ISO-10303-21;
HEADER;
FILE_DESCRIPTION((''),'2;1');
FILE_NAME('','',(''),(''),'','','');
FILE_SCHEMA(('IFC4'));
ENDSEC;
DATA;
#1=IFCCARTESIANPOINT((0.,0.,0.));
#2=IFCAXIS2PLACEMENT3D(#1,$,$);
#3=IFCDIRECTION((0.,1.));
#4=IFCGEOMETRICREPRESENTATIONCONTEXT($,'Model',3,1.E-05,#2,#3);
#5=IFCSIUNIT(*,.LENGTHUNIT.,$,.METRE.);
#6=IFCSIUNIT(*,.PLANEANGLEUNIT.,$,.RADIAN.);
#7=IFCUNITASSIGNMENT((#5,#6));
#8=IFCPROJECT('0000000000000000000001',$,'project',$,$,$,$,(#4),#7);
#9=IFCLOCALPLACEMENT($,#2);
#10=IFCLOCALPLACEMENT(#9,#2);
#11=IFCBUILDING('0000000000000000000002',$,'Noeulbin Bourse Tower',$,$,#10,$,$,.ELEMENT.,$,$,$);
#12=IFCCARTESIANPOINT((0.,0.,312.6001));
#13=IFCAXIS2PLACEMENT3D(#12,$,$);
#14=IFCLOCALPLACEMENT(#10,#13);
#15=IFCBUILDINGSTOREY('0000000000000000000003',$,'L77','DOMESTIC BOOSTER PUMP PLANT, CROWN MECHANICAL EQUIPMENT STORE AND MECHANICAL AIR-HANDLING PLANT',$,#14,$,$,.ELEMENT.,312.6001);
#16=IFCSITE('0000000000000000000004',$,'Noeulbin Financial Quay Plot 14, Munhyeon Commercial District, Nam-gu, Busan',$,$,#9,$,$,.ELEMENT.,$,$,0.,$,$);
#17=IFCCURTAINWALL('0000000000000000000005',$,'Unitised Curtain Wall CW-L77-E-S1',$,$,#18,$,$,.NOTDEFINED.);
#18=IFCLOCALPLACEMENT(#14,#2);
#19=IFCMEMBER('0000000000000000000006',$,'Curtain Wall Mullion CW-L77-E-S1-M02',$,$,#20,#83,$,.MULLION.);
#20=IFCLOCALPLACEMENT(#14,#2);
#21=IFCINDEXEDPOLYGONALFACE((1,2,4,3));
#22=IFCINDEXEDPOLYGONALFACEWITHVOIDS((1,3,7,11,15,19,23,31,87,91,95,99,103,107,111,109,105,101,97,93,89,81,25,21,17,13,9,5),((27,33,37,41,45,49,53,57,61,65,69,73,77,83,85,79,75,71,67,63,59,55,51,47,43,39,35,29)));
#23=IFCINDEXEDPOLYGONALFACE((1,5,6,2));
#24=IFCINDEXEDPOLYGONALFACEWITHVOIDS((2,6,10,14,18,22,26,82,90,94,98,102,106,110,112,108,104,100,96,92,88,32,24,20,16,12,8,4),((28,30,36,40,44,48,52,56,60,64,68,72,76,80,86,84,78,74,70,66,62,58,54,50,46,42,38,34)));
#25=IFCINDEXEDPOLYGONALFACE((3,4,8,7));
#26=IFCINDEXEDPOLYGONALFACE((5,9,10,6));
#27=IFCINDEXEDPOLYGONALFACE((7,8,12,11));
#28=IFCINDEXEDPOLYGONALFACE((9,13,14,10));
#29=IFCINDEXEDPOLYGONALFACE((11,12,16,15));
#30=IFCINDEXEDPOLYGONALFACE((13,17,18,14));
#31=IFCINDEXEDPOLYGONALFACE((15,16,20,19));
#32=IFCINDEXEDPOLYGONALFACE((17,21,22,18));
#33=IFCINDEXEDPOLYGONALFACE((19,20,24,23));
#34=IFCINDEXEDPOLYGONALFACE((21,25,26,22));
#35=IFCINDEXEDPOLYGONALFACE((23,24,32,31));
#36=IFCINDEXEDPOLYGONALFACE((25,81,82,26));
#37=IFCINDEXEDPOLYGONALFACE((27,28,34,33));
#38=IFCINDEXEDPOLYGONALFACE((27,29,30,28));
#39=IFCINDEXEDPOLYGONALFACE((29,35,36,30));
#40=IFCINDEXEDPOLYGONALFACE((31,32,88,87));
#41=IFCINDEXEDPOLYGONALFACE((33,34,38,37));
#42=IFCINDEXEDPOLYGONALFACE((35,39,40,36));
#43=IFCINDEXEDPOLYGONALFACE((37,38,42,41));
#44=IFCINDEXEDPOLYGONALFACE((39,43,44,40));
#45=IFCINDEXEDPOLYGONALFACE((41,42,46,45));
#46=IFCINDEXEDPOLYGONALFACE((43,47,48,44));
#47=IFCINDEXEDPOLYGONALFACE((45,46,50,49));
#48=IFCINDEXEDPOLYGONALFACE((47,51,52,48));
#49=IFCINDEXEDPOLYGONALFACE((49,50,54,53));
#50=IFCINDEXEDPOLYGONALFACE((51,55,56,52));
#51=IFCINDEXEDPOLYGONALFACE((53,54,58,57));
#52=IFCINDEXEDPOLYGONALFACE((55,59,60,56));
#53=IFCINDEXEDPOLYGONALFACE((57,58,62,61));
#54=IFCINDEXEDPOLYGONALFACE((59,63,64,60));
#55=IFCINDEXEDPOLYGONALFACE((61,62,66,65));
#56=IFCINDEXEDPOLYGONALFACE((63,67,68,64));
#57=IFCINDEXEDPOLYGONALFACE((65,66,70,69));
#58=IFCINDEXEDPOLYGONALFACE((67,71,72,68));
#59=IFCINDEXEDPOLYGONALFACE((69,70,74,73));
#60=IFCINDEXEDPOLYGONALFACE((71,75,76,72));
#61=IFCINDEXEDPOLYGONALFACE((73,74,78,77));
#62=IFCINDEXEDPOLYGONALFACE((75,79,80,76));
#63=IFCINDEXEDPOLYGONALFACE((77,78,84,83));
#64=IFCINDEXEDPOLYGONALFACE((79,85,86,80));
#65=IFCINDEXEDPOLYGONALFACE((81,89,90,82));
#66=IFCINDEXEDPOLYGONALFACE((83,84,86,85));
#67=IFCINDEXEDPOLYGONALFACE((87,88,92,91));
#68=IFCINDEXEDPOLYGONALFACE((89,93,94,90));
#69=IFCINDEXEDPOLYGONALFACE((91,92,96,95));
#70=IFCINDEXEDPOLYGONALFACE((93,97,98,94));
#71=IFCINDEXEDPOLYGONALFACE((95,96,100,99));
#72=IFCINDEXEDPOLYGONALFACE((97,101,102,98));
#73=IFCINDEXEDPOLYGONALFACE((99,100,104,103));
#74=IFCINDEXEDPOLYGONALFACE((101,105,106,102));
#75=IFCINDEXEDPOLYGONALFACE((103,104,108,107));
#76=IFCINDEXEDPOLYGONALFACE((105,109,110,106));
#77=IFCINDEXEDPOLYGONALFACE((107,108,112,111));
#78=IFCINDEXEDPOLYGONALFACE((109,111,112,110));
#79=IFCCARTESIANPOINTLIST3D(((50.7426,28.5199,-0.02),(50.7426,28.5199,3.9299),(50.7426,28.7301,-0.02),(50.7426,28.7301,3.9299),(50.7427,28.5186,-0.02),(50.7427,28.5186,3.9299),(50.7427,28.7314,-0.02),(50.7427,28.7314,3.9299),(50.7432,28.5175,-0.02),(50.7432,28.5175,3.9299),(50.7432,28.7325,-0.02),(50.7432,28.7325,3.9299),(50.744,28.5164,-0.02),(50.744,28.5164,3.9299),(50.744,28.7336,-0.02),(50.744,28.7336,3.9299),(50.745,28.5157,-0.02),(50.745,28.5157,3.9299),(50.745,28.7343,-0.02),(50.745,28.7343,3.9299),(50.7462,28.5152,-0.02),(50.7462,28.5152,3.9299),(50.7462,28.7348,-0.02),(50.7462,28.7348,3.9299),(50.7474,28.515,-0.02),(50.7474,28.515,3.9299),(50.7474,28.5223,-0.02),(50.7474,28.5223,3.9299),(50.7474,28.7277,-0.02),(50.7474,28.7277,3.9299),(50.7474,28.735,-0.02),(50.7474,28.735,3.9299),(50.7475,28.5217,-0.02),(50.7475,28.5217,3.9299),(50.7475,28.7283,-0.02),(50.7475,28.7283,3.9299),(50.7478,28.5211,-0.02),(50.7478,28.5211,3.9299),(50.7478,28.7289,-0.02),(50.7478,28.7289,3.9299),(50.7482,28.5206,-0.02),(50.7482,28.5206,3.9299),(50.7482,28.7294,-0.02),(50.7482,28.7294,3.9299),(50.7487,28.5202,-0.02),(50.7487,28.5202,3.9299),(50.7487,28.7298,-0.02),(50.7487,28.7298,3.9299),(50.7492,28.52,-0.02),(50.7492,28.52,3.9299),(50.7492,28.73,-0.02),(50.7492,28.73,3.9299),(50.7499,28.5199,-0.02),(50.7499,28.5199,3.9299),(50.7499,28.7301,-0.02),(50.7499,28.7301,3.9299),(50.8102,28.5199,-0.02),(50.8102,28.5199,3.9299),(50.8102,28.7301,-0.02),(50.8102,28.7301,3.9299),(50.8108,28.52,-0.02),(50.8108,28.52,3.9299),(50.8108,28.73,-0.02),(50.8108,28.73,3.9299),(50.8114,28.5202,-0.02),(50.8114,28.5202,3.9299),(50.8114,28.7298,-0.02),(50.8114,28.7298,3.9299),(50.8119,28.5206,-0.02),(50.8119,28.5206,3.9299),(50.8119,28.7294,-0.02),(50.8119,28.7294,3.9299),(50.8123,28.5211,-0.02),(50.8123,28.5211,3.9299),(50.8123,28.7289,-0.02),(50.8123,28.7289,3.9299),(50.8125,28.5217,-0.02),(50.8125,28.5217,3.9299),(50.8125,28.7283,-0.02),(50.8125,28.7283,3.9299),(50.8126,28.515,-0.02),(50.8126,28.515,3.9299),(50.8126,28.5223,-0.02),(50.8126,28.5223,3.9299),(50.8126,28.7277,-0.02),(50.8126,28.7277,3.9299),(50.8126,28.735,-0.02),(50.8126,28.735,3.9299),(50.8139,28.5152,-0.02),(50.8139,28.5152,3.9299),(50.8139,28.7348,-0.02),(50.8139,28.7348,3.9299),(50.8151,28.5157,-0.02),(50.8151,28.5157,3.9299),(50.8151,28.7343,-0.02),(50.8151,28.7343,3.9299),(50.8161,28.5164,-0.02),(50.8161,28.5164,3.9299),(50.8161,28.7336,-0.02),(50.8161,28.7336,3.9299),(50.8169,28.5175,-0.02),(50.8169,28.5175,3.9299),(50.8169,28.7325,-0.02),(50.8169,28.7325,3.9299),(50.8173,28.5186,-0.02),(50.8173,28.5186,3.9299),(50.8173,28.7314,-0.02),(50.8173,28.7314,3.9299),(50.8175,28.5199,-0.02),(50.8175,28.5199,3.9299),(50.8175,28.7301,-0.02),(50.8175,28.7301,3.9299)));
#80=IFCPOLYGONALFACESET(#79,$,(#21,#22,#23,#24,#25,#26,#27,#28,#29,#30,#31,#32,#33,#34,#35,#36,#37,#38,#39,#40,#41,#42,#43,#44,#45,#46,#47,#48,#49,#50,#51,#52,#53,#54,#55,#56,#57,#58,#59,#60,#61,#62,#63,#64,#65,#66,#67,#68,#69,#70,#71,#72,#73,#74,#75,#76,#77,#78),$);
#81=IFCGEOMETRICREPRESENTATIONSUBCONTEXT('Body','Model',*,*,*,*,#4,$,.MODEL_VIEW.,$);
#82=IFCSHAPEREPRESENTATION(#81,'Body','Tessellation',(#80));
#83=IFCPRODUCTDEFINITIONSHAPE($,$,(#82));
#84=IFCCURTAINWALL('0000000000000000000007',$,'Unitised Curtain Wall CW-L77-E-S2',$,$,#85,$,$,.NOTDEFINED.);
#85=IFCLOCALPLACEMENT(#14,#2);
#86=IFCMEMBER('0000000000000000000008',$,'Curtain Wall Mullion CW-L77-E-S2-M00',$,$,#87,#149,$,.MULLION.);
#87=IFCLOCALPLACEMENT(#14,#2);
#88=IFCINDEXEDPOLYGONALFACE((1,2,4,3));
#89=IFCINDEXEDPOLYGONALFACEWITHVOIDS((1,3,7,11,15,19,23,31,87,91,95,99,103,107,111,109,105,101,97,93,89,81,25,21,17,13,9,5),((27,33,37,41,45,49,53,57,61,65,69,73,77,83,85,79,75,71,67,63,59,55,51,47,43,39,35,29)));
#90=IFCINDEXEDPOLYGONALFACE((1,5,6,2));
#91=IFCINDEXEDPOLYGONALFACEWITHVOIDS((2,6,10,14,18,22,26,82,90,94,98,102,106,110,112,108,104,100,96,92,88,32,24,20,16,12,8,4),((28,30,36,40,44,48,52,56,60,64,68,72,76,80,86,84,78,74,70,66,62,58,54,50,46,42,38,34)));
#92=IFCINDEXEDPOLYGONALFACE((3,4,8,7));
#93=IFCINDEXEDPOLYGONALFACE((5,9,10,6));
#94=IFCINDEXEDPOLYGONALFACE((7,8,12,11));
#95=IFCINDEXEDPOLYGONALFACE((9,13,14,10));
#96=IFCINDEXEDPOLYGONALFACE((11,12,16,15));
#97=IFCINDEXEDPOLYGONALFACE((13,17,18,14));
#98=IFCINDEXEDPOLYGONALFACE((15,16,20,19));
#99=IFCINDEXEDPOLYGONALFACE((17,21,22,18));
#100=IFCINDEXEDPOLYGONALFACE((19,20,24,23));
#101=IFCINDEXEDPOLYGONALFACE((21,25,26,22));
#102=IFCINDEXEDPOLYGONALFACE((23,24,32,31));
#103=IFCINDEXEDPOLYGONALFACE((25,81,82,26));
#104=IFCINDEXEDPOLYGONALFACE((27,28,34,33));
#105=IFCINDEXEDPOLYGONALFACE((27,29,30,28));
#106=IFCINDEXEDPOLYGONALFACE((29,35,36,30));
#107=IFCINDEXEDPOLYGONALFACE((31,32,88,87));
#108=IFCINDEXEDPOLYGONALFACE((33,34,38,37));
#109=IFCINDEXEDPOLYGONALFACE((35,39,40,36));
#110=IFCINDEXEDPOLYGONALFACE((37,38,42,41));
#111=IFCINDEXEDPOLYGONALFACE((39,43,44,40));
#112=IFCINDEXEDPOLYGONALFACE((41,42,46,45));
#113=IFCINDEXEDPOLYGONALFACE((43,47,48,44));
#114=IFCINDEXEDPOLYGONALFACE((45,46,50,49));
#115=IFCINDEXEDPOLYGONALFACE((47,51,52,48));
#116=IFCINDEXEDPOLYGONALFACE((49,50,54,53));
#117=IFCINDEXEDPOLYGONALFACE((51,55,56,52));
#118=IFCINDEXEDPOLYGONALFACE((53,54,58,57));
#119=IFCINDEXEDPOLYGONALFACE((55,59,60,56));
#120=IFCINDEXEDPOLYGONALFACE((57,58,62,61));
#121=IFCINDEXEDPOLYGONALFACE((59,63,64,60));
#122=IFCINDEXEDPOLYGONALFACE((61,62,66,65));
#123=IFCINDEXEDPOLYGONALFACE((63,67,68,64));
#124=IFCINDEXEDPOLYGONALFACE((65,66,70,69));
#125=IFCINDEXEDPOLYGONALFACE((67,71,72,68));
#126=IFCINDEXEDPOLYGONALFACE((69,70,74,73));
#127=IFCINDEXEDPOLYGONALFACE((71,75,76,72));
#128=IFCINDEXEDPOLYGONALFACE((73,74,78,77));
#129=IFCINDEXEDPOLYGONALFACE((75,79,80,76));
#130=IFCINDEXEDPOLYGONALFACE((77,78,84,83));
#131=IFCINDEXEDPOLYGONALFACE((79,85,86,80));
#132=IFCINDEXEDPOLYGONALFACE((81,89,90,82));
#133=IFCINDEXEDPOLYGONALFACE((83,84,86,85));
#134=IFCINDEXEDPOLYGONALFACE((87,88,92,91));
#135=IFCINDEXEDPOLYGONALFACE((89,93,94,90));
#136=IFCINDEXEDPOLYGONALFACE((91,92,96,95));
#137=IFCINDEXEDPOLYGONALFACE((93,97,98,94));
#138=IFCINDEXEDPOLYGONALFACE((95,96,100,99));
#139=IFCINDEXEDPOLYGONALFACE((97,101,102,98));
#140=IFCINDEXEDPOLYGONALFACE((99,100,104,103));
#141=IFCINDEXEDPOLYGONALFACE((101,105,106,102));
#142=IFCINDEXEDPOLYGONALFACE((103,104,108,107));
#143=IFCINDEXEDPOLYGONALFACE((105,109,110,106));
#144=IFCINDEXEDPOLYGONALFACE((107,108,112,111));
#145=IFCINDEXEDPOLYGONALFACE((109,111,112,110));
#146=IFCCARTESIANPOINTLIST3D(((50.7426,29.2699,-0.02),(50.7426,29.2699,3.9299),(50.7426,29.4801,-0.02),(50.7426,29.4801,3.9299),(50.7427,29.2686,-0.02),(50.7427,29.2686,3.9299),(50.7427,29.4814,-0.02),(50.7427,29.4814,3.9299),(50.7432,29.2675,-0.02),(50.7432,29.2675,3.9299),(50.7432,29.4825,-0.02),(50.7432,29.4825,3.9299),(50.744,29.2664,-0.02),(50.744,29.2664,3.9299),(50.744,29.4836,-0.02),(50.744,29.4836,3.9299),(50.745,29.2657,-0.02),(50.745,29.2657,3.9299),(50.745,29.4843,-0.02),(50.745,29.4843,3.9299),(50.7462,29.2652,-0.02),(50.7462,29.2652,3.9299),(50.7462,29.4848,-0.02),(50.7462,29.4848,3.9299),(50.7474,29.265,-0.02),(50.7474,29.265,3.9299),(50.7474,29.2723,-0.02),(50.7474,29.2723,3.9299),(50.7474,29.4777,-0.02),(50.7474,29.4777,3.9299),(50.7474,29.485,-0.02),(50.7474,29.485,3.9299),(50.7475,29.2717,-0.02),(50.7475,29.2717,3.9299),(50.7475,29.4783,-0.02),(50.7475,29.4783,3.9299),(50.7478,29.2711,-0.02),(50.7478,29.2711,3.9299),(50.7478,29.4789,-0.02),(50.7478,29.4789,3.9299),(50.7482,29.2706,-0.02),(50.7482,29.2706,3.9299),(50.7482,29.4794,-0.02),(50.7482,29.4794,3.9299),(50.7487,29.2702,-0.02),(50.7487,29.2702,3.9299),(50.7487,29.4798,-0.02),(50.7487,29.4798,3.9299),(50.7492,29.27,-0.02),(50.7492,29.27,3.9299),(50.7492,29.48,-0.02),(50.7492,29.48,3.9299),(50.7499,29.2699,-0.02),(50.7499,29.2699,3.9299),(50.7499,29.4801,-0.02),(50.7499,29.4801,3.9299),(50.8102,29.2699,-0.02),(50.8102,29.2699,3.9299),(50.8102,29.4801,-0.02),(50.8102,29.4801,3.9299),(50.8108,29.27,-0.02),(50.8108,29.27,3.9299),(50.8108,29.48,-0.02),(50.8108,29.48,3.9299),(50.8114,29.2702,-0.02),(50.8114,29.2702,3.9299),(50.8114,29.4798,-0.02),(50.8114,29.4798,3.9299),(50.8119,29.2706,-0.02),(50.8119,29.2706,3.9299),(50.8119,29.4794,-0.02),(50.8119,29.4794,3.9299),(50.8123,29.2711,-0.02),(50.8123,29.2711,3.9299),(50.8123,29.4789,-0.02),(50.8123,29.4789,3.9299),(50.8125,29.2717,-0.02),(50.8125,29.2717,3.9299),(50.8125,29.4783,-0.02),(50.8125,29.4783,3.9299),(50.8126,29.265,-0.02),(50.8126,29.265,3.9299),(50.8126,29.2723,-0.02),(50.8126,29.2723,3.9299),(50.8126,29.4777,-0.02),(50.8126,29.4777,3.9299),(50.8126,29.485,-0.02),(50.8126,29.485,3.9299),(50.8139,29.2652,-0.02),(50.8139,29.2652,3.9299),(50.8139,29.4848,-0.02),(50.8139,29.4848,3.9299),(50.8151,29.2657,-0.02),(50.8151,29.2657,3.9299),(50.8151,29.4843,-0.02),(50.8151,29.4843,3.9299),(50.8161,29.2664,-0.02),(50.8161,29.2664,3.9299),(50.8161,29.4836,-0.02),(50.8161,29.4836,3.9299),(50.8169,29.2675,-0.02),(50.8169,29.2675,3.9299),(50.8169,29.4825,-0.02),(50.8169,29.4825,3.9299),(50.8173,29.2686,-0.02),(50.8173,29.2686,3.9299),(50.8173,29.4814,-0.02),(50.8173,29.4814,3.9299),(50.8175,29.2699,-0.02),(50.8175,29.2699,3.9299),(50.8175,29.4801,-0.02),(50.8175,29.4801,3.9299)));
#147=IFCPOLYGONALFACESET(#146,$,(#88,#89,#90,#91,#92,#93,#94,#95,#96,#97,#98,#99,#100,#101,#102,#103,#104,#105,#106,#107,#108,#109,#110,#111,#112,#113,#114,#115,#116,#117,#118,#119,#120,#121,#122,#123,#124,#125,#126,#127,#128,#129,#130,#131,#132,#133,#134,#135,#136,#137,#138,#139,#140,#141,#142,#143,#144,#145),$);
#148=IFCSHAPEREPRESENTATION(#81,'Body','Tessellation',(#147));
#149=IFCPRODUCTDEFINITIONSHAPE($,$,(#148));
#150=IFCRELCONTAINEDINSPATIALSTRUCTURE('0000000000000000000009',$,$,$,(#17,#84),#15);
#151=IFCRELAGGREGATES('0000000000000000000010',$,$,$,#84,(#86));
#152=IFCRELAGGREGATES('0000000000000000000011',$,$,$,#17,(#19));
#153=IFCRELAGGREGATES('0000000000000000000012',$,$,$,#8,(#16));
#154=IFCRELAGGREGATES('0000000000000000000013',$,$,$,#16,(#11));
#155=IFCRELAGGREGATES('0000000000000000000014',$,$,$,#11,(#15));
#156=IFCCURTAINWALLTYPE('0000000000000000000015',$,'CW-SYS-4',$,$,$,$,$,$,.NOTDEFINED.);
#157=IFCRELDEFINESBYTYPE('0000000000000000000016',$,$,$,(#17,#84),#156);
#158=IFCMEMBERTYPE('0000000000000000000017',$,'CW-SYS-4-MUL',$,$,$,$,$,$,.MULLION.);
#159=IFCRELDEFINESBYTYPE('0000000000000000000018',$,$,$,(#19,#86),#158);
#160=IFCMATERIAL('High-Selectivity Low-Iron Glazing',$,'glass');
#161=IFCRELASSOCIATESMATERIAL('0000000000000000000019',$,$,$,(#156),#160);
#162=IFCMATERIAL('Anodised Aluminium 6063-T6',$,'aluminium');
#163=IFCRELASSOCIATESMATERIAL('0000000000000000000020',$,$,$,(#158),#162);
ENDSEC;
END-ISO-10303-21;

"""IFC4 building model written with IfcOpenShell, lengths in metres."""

from ifc_helpers import new_model, si_unit, direction, frame, origin, origin_2d, place, context, subcontext, project, spatial, hollow_rectangle, extrude, material, material_profile, profile_set, type_object, element, aggregate, save


model = new_model("IFC4")

# Units and contexts
model_context = context("Model", 3, precision=1e-05, world=origin(), true_north=direction((0.0, 1.0)))
body_context = subcontext(model_context, "Body", "Model", "MODEL_VIEW")
ifc_project = project(units=[si_unit("LENGTHUNIT", "METRE"), si_unit("PLANEANGLEUNIT", "RADIAN")], contexts=[model_context])

# Site, building, storey
site_placement = place(None, origin())
site = spatial("IfcSite", under=ifc_project, at=site_placement, Name="Noeulbin Financial Quay Plot 14, Munhyeon Commercial District, Nam-gu, Busan", CompositionType="ELEMENT", RefElevation=0.0)
building_placement = place(site_placement, origin())
building = spatial("IfcBuilding", under=site, at=building_placement, Name="Noeulbin Bourse Tower", CompositionType="ELEMENT")
storey_placement = place(building_placement, frame((0.0, 0.0, 312.6001)))
storey = spatial("IfcBuildingStorey", under=building, at=storey_placement, Name="L77", Description="DOMESTIC BOOSTER PUMP PLANT, CROWN MECHANICAL EQUIPMENT STORE AND MECHANICAL AIR-HANDLING PLANT", CompositionType="ELEMENT", Elevation=312.6001)

# Curtain wall, member
ifc_material_1 = material(Name="High-Selectivity Low-Iron Glazing", Category="glass")
curtain_wall_type = type_object("IfcCurtainWallType", Name="CW-SYS-4", PredefinedType="NOTDEFINED", material=ifc_material_1)
ifc_material_2 = material(Name="Anodised Aluminium 6063-T6", Category="aluminium")
ifc_material_profile_1 = material_profile(ifc_material_2, hollow_rectangle(XDim=0.075, YDim=0.22, WallThickness=0.0049, InnerFilletRadius=0.0024, OuterFilletRadius=0.0049, at=origin_2d()), Name="ALU-MULL-75x220x5", Category="LoadBearing")
ifc_profile_set_1 = profile_set([ifc_material_profile_1], Name="Anodised Aluminium 6063-T6")
member_type_1 = type_object("IfcMemberType", Name="CW-SYS-4-MUL", PredefinedType="MULLION", material=ifc_profile_set_1)
curtain_wall_1_placement = place(storey_placement, origin())
curtain_wall_1 = element("IfcCurtainWall", 1, at=curtain_wall_1_placement, inside=storey, type_object=curtain_wall_type, Name="Unitised Curtain Wall CW-L77-E-S1", PredefinedType="NOTDEFINED")
member_1_placement = place(storey_placement, frame((50.78, 28.625, -0.02), z_axis=(0.0, 0.0, 1.0), x_axis=(1.0, 0.0, 0.0)))
member_1 = element("IfcMember", 2, at=member_1_placement, type_object=member_type_1, Name="Curtain Wall Mullion CW-L77-E-S1-M02", PredefinedType="MULLION", context=body_context, shape_type="SweptSolid", body=[
    extrude(hollow_rectangle(XDim=0.075, YDim=0.22, WallThickness=0.0049, InnerFilletRadius=0.0024, OuterFilletRadius=0.0049, at=origin_2d()), origin(), (0.0, 0.0, 1.0), 3.95),
])

# Curtain wall, member
curtain_wall_2_placement = place(storey_placement, origin())
curtain_wall_2 = element("IfcCurtainWall", 3, at=curtain_wall_2_placement, inside=storey, type_object=curtain_wall_type, Name="Unitised Curtain Wall CW-L77-E-S2", PredefinedType="NOTDEFINED")
member_2_placement = place(storey_placement, frame((50.78, 29.375, -0.02), z_axis=(0.0, 0.0, 1.0), x_axis=(1.0, 0.0, 0.0)))
member_2 = element("IfcMember", 4, at=member_2_placement, type_object=member_type_1, Name="Curtain Wall Mullion CW-L77-E-S2-M00", PredefinedType="MULLION", context=body_context, shape_type="SweptSolid", body=[
    extrude(hollow_rectangle(XDim=0.075, YDim=0.22, WallThickness=0.0049, InnerFilletRadius=0.0024, OuterFilletRadius=0.0049, at=origin_2d()), origin(), (0.0, 0.0, 1.0), 3.95),
])

aggregate(curtain_wall_2, [member_2])

aggregate(curtain_wall_1, [member_1])

save(model, "model.ifc")
